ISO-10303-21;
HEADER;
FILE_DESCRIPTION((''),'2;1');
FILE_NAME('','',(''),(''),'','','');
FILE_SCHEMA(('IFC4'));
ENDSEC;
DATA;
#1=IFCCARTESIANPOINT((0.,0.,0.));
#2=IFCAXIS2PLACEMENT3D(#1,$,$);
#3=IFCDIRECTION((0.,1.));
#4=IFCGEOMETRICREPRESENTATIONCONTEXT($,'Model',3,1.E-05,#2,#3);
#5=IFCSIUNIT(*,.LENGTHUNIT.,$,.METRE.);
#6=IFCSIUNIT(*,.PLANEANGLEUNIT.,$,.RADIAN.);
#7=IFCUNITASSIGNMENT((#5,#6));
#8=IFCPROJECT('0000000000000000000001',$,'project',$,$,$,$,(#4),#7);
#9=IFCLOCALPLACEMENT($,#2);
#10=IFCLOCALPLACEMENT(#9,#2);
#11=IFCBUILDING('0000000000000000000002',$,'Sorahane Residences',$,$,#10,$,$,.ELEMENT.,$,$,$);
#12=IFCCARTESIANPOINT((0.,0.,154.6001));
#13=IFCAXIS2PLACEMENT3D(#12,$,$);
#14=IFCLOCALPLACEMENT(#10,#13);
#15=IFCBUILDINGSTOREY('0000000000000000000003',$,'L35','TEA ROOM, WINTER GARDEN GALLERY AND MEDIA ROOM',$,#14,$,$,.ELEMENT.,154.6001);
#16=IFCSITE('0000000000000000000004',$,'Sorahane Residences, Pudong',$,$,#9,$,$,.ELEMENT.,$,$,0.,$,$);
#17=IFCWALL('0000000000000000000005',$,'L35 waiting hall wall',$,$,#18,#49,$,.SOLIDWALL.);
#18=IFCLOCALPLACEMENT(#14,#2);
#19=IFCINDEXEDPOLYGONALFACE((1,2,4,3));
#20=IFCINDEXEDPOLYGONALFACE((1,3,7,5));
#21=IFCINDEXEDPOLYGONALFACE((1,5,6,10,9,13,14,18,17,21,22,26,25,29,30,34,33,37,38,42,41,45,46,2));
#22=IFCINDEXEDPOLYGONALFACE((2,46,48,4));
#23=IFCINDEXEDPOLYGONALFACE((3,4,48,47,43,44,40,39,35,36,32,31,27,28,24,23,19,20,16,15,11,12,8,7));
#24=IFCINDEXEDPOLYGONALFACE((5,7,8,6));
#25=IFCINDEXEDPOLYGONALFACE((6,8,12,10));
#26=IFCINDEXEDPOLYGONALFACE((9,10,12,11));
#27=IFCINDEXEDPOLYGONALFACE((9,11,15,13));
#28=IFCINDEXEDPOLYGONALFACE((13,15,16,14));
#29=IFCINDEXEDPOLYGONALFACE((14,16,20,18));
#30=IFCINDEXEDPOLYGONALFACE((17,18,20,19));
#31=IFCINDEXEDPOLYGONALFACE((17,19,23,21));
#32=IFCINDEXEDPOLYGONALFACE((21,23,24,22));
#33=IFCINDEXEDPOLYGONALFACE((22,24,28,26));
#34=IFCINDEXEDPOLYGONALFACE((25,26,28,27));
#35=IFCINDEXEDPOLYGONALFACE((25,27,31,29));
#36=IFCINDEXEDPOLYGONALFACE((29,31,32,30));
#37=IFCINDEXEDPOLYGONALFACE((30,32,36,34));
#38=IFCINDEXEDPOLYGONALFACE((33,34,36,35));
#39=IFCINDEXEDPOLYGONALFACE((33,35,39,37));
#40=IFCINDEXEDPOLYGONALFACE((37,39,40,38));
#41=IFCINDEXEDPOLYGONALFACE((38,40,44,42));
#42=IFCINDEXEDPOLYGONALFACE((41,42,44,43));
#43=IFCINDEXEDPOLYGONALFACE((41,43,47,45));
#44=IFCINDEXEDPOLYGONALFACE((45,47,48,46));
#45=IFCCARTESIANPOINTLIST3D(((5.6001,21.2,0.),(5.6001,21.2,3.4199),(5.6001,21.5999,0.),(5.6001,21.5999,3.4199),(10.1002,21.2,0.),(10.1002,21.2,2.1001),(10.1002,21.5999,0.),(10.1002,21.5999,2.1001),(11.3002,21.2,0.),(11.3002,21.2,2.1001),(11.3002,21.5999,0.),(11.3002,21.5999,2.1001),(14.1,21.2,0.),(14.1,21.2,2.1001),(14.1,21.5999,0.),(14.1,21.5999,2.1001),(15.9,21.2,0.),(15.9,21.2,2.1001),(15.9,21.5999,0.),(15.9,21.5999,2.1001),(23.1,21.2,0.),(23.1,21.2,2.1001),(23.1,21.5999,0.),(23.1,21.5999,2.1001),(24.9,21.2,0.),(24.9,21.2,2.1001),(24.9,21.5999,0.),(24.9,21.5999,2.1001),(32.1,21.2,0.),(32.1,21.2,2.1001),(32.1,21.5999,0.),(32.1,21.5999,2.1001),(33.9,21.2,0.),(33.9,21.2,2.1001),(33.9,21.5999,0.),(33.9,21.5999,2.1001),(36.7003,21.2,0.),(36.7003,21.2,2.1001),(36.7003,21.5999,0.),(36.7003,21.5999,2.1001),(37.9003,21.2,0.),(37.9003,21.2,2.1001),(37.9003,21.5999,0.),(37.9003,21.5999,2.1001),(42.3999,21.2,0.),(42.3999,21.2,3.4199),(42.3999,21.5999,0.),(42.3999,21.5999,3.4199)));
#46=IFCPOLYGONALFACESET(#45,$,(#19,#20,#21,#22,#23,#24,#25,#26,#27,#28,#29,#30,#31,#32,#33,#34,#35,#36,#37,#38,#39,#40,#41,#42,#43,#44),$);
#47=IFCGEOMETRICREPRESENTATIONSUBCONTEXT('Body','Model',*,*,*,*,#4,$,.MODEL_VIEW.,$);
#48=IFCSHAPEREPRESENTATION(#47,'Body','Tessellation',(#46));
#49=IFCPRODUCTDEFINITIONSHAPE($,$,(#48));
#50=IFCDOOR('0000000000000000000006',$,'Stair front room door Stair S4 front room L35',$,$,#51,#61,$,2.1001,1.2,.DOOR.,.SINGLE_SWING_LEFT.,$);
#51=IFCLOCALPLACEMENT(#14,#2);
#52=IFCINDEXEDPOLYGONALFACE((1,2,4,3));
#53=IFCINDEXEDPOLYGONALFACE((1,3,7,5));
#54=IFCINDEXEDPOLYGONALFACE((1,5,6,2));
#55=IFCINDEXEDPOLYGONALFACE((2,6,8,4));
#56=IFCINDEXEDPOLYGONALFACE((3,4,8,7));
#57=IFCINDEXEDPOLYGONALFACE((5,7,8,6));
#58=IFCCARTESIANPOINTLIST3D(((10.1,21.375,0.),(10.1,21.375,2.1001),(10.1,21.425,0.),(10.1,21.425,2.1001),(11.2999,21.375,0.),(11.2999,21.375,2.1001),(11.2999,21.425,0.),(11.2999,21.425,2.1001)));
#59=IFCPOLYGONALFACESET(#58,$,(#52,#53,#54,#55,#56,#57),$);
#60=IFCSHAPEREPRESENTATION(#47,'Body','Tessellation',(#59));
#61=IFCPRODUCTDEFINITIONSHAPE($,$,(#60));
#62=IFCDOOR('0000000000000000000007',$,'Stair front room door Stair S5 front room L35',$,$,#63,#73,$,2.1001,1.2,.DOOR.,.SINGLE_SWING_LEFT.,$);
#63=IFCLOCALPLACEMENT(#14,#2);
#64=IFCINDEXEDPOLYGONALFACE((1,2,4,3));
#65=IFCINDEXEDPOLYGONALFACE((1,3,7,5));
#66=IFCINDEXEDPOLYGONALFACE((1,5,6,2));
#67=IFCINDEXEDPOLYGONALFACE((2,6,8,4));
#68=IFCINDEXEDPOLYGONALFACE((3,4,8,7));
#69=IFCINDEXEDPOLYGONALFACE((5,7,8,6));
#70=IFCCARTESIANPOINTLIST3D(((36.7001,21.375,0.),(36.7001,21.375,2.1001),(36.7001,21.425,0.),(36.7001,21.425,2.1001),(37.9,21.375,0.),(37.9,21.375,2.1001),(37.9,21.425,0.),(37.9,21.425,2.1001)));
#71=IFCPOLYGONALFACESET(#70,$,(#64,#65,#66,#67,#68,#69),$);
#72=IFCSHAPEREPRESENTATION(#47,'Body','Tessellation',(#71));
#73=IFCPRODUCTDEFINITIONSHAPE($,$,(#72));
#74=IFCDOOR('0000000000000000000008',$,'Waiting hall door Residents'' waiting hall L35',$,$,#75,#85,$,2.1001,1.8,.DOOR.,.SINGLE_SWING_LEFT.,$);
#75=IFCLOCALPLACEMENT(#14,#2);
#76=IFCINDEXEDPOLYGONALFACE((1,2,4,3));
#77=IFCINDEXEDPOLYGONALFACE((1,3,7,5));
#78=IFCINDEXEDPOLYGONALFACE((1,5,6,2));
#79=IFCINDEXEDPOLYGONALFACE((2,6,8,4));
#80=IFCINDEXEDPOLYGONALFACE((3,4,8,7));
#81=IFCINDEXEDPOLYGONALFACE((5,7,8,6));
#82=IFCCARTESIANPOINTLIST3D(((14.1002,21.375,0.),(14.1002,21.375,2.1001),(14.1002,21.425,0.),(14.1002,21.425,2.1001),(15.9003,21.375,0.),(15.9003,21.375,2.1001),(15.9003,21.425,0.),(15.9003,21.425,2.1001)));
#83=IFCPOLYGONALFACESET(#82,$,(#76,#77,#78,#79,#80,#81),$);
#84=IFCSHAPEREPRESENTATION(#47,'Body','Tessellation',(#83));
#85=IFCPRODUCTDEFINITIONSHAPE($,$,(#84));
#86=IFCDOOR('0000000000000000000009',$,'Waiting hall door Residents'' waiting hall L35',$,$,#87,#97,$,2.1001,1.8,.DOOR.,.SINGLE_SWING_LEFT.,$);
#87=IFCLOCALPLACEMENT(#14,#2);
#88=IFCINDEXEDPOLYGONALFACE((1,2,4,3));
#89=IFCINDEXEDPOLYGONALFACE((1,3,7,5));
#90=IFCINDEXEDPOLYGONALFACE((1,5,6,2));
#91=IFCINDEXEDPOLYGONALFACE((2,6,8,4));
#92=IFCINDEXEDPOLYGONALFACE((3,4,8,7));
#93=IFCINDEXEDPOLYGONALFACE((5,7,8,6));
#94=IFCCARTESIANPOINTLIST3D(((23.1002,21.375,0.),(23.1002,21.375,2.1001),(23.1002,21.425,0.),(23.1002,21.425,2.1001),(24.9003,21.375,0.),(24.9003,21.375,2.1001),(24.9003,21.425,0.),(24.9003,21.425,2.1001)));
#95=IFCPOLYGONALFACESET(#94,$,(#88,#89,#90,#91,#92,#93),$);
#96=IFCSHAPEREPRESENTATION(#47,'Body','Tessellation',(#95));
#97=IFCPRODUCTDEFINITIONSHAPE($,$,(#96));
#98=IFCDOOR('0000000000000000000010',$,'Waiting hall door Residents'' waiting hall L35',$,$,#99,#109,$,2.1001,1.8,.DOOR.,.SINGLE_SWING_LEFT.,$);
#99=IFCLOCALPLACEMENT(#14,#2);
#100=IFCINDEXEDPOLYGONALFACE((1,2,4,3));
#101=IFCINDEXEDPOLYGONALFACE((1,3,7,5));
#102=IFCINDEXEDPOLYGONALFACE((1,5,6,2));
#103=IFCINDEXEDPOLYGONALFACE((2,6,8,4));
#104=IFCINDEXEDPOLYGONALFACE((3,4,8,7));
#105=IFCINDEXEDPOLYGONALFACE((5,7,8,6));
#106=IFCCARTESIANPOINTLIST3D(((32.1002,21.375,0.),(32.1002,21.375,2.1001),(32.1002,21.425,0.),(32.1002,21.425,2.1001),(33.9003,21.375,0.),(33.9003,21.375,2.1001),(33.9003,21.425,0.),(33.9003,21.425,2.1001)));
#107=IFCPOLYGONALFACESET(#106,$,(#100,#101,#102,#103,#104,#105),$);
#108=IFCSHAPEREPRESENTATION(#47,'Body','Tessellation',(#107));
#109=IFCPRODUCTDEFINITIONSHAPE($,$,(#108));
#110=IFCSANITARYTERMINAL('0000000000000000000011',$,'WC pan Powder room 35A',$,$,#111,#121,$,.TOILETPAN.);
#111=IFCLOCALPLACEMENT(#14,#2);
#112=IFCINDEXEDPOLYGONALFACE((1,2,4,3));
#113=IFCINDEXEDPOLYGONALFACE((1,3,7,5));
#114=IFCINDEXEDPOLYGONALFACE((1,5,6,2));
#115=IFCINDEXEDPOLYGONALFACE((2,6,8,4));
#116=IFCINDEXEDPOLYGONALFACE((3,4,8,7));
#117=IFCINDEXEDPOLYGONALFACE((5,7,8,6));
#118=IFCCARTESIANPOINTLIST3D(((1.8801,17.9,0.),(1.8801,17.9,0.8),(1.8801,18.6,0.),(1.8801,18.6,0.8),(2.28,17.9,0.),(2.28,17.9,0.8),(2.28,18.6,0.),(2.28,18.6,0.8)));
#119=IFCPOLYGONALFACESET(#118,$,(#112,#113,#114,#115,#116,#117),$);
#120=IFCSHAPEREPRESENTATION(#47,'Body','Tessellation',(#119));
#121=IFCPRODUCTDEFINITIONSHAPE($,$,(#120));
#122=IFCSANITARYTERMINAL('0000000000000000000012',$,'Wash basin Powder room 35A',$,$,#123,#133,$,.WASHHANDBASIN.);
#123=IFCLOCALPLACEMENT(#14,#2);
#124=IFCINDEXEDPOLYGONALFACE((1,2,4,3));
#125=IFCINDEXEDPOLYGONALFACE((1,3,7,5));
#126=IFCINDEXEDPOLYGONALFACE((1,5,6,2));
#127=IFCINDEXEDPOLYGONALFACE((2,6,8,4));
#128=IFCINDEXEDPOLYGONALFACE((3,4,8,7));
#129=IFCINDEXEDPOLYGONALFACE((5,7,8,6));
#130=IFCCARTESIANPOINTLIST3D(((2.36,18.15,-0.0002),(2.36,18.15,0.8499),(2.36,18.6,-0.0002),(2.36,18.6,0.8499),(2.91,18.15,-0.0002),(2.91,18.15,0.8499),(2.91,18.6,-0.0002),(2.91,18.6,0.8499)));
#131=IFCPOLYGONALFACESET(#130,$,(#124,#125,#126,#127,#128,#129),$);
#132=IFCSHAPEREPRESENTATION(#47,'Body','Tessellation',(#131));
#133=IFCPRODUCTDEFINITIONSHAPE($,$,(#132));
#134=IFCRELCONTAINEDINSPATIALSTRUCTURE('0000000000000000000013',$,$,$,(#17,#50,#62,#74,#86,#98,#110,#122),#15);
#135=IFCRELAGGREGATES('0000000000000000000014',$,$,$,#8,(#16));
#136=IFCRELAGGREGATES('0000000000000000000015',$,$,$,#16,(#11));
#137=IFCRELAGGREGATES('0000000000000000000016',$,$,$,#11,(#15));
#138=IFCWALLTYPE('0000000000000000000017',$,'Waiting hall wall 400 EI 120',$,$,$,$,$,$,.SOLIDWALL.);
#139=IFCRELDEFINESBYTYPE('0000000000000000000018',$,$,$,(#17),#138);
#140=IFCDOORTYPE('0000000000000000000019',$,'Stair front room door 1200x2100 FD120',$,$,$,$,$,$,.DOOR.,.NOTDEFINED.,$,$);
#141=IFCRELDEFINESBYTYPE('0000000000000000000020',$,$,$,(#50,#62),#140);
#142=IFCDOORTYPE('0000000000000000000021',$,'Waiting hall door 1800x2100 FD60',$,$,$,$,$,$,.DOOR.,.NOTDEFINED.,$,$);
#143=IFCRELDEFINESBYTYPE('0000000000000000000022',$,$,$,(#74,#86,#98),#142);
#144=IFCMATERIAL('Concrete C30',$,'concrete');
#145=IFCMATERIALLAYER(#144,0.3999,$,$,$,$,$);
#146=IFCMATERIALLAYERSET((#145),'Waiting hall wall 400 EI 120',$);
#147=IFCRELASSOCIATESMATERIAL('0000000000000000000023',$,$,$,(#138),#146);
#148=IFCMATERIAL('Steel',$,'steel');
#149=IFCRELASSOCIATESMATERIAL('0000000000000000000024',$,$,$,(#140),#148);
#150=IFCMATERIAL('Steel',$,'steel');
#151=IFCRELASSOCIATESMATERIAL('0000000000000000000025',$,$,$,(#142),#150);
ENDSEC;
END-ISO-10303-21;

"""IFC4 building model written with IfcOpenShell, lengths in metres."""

from ifc_helpers import new_model, si_unit, direction, frame, frame_2d, origin, origin_2d, place, context, subcontext, project, spatial, rectangle, extrude, material, layer, layer_set, type_object, element, fill, save


model = new_model("IFC4")

# Units and contexts
model_context = context("Model", 3, precision=1e-05, world=origin(), true_north=direction((0.0, 1.0)))
body_context = subcontext(model_context, "Body", "Model", "MODEL_VIEW")
ifc_project = project(units=[si_unit("LENGTHUNIT", "METRE"), si_unit("PLANEANGLEUNIT", "RADIAN")], contexts=[model_context])

# Site, building, storey
site_placement = place(None, origin())
site = spatial("IfcSite", under=ifc_project, at=site_placement, Name="Sorahane Residences, Pudong", CompositionType="ELEMENT", RefElevation=0.0)
building_placement = place(site_placement, origin())
building = spatial("IfcBuilding", under=site, at=building_placement, Name="Sorahane Residences", CompositionType="ELEMENT")
storey_placement = place(building_placement, frame((0.0, 0.0, 154.6001)))
storey = spatial("IfcBuildingStorey", under=building, at=storey_placement, Name="L35", Description="TEA ROOM, WINTER GARDEN GALLERY AND MEDIA ROOM", CompositionType="ELEMENT", Elevation=154.6001)

# Wall, openings, doors
ifc_material_1 = material(Name="Concrete C30", Category="concrete")
ifc_layer_1 = layer(ifc_material_1, 0.3999)
ifc_layer_set_1 = layer_set([ifc_layer_1], Name="Waiting hall wall 400 EI 120")
wall_type_1 = type_object("IfcWallType", Name="Waiting hall wall 400 EI 120", PredefinedType="SOLIDWALL", material=ifc_layer_set_1)
wall_1_placement = place(storey_placement, frame((5.6001, 21.3999, 0.0), z_axis=(0.0, 0.0, 1.0), x_axis=(1.0, 0.0, 0.0)))
wall_1 = element("IfcWall", 1, at=wall_1_placement, inside=storey, type_object=wall_type_1, Name="L35 waiting hall wall", PredefinedType="SOLIDWALL", context=body_context, shape_type="SweptSolid", body=[
    extrude(rectangle(XDim=36.7998, YDim=0.3999, at=frame_2d((18.3999, 0.0))), origin(), (0.0, 0.0, 1.0), 3.4199),
])
opening_1_placement = place(wall_1_placement, frame((8.5, 0.0, 0.0)))
opening_1 = element("IfcOpeningElement", 2, at=opening_1_placement, cuts=wall_1, PredefinedType="OPENING", context=body_context, shape_type="SweptSolid", body=[
    extrude(rectangle(XDim=1.8, YDim=2.1001, at=frame_2d((0.8999, 1.05))), frame((0.0, 0.21, 0.0), z_axis=(0.0, -1.0, 0.0), x_axis=(1.0, 0.0, 0.0)), (0.0, 0.0, 1.0), 0.4199),
])
opening_2_placement = place(wall_1_placement, frame((17.5, 0.0, 0.0)))
opening_2 = element("IfcOpeningElement", 3, at=opening_2_placement, cuts=wall_1, PredefinedType="OPENING", context=body_context, shape_type="SweptSolid", body=[
    extrude(rectangle(XDim=1.8, YDim=2.1001, at=frame_2d((0.8999, 1.05))), frame((0.0, 0.21, 0.0), z_axis=(0.0, -1.0, 0.0), x_axis=(1.0, 0.0, 0.0)), (0.0, 0.0, 1.0), 0.4199),
])
opening_3_placement = place(wall_1_placement, frame((26.5, 0.0, 0.0)))
opening_3 = element("IfcOpeningElement", 4, at=opening_3_placement, cuts=wall_1, PredefinedType="OPENING", context=body_context, shape_type="SweptSolid", body=[
    extrude(rectangle(XDim=1.8, YDim=2.1001, at=frame_2d((0.8999, 1.05))), frame((0.0, 0.21, 0.0), z_axis=(0.0, -1.0, 0.0), x_axis=(1.0, 0.0, 0.0)), (0.0, 0.0, 1.0), 0.4199),
])
opening_4_placement = place(wall_1_placement, frame((4.5, 0.0, 0.0)))
opening_4 = element("IfcOpeningElement", 5, at=opening_4_placement, cuts=wall_1, PredefinedType="OPENING", context=body_context, shape_type="SweptSolid", body=[
    extrude(rectangle(XDim=1.2, YDim=2.1001, at=frame_2d((0.6001, 1.05))), frame((0.0, 0.21, 0.0), z_axis=(0.0, -1.0, 0.0), x_axis=(1.0, 0.0, 0.0)), (0.0, 0.0, 1.0), 0.4199),
])
opening_5_placement = place(wall_1_placement, frame((31.1001, 0.0, 0.0)))
opening_5 = element("IfcOpeningElement", 6, at=opening_5_placement, cuts=wall_1, PredefinedType="OPENING", context=body_context, shape_type="SweptSolid", body=[
    extrude(rectangle(XDim=1.2, YDim=2.1001, at=frame_2d((0.6001, 1.05))), frame((0.0, 0.21, 0.0), z_axis=(0.0, -1.0, 0.0), x_axis=(1.0, 0.0, 0.0)), (0.0, 0.0, 1.0), 0.4199),
])
ifc_material_2 = material(Name="Steel", Category="steel")
door_type_1 = type_object("IfcDoorType", Name="Stair front room door 1200x2100 FD120", OperationType="NOTDEFINED", PredefinedType="DOOR", material=ifc_material_2)
door_1_placement = place(opening_4_placement, frame((1.2, 0.0, 0.0), z_axis=(0.0, 0.0, 1.0), x_axis=(-1.0, 0.0, 0.0)))
door_1 = element("IfcDoor", 7, at=door_1_placement, inside=storey, type_object=door_type_1, Name="Stair front room door Stair S4 front room L35", OperationType="SINGLE_SWING_LEFT", OverallHeight=2.1001, OverallWidth=1.2, PredefinedType="DOOR", context=body_context, shape_type="SweptSolid", body=[
    extrude(rectangle(XDim=1.2, YDim=2.1001, at=frame_2d((0.6001, 1.05))), frame((0.0, 0.0249, 0.0), z_axis=(0.0, -1.0, 0.0), x_axis=(1.0, 0.0, 0.0)), (0.0, 0.0, 1.0), 0.05),
])
fill(opening_4, door_1)
door_2_placement = place(opening_5_placement, frame((1.2, 0.0, 0.0), z_axis=(0.0, 0.0, 1.0), x_axis=(-1.0, 0.0, 0.0)))
door_2 = element("IfcDoor", 8, at=door_2_placement, inside=storey, type_object=door_type_1, Name="Stair front room door Stair S5 front room L35", OperationType="SINGLE_SWING_LEFT", OverallHeight=2.1001, OverallWidth=1.2, PredefinedType="DOOR", context=body_context, shape_type="SweptSolid", body=[
    extrude(rectangle(XDim=1.2, YDim=2.1001, at=frame_2d((0.6001, 1.05))), frame((0.0, 0.0249, 0.0), z_axis=(0.0, -1.0, 0.0), x_axis=(1.0, 0.0, 0.0)), (0.0, 0.0, 1.0), 0.05),
])
fill(opening_5, door_2)
ifc_material_3 = material(Name="Steel", Category="steel")
door_type_2 = type_object("IfcDoorType", Name="Waiting hall door 1800x2100 FD60", OperationType="NOTDEFINED", PredefinedType="DOOR", material=ifc_material_3)
door_3_placement = place(opening_1_placement, frame((1.8, 0.0, 0.0), z_axis=(0.0, 0.0, 1.0), x_axis=(-1.0, 0.0, 0.0)))
door_3 = element("IfcDoor", 9, at=door_3_placement, inside=storey, type_object=door_type_2, Name="Waiting hall door Residents' waiting hall L35", OperationType="SINGLE_SWING_LEFT", OverallHeight=2.1001, OverallWidth=1.8, PredefinedType="DOOR", context=body_context, shape_type="SweptSolid", body=[
    extrude(rectangle(XDim=1.8, YDim=2.1001, at=frame_2d((0.8999, 1.05))), frame((0.0, 0.0249, 0.0), z_axis=(0.0, -1.0, 0.0), x_axis=(1.0, 0.0, 0.0)), (0.0, 0.0, 1.0), 0.05),
])
fill(opening_1, door_3)
door_4_placement = place(opening_2_placement, frame((1.8, 0.0, 0.0), z_axis=(0.0, 0.0, 1.0), x_axis=(-1.0, 0.0, 0.0)))
door_4 = element("IfcDoor", 10, at=door_4_placement, inside=storey, type_object=door_type_2, Name="Waiting hall door Residents' waiting hall L35", OperationType="SINGLE_SWING_LEFT", OverallHeight=2.1001, OverallWidth=1.8, PredefinedType="DOOR", context=body_context, shape_type="SweptSolid", body=[
    extrude(rectangle(XDim=1.8, YDim=2.1001, at=frame_2d((0.8999, 1.05))), frame((0.0, 0.0249, 0.0), z_axis=(0.0, -1.0, 0.0), x_axis=(1.0, 0.0, 0.0)), (0.0, 0.0, 1.0), 0.05),
])
fill(opening_2, door_4)
door_5_placement = place(opening_3_placement, frame((1.8, 0.0, 0.0), z_axis=(0.0, 0.0, 1.0), x_axis=(-1.0, 0.0, 0.0)))
door_5 = element("IfcDoor", 11, at=door_5_placement, inside=storey, type_object=door_type_2, Name="Waiting hall door Residents' waiting hall L35", OperationType="SINGLE_SWING_LEFT", OverallHeight=2.1001, OverallWidth=1.8, PredefinedType="DOOR", context=body_context, shape_type="SweptSolid", body=[
    extrude(rectangle(XDim=1.8, YDim=2.1001, at=frame_2d((0.8999, 1.05))), frame((0.0, 0.0249, 0.0), z_axis=(0.0, -1.0, 0.0), x_axis=(1.0, 0.0, 0.0)), (0.0, 0.0, 1.0), 0.05),
])
fill(opening_3, door_5)

# Sanitary terminals
sanitary_terminal_1_placement = place(storey_placement, frame((2.0801, 18.25, 0.0), z_axis=(0.0, 0.0, 1.0), x_axis=(1.0, 0.0, 0.0)))
element("IfcSanitaryTerminal", 12, at=sanitary_terminal_1_placement, inside=storey, Name="WC pan Powder room 35A", PredefinedType="TOILETPAN", context=body_context, shape_type="SweptSolid", body=[
    extrude(rectangle(XDim=0.3999, YDim=0.7, at=origin_2d()), origin(), (0.0, 0.0, 1.0), 0.8),
])
sanitary_terminal_2_placement = place(storey_placement, frame((2.635, 18.375, -0.0002), z_axis=(0.0, 0.0, 1.0), x_axis=(1.0, 0.0, 0.0)))
element("IfcSanitaryTerminal", 13, at=sanitary_terminal_2_placement, inside=storey, Name="Wash basin Powder room 35A", PredefinedType="WASHHANDBASIN", context=body_context, shape_type="SweptSolid", body=[
    extrude(rectangle(XDim=0.55, YDim=0.45, at=origin_2d()), origin(), (0.0, 0.0, 1.0), 0.8501),
])

save(model, "model.ifc")
